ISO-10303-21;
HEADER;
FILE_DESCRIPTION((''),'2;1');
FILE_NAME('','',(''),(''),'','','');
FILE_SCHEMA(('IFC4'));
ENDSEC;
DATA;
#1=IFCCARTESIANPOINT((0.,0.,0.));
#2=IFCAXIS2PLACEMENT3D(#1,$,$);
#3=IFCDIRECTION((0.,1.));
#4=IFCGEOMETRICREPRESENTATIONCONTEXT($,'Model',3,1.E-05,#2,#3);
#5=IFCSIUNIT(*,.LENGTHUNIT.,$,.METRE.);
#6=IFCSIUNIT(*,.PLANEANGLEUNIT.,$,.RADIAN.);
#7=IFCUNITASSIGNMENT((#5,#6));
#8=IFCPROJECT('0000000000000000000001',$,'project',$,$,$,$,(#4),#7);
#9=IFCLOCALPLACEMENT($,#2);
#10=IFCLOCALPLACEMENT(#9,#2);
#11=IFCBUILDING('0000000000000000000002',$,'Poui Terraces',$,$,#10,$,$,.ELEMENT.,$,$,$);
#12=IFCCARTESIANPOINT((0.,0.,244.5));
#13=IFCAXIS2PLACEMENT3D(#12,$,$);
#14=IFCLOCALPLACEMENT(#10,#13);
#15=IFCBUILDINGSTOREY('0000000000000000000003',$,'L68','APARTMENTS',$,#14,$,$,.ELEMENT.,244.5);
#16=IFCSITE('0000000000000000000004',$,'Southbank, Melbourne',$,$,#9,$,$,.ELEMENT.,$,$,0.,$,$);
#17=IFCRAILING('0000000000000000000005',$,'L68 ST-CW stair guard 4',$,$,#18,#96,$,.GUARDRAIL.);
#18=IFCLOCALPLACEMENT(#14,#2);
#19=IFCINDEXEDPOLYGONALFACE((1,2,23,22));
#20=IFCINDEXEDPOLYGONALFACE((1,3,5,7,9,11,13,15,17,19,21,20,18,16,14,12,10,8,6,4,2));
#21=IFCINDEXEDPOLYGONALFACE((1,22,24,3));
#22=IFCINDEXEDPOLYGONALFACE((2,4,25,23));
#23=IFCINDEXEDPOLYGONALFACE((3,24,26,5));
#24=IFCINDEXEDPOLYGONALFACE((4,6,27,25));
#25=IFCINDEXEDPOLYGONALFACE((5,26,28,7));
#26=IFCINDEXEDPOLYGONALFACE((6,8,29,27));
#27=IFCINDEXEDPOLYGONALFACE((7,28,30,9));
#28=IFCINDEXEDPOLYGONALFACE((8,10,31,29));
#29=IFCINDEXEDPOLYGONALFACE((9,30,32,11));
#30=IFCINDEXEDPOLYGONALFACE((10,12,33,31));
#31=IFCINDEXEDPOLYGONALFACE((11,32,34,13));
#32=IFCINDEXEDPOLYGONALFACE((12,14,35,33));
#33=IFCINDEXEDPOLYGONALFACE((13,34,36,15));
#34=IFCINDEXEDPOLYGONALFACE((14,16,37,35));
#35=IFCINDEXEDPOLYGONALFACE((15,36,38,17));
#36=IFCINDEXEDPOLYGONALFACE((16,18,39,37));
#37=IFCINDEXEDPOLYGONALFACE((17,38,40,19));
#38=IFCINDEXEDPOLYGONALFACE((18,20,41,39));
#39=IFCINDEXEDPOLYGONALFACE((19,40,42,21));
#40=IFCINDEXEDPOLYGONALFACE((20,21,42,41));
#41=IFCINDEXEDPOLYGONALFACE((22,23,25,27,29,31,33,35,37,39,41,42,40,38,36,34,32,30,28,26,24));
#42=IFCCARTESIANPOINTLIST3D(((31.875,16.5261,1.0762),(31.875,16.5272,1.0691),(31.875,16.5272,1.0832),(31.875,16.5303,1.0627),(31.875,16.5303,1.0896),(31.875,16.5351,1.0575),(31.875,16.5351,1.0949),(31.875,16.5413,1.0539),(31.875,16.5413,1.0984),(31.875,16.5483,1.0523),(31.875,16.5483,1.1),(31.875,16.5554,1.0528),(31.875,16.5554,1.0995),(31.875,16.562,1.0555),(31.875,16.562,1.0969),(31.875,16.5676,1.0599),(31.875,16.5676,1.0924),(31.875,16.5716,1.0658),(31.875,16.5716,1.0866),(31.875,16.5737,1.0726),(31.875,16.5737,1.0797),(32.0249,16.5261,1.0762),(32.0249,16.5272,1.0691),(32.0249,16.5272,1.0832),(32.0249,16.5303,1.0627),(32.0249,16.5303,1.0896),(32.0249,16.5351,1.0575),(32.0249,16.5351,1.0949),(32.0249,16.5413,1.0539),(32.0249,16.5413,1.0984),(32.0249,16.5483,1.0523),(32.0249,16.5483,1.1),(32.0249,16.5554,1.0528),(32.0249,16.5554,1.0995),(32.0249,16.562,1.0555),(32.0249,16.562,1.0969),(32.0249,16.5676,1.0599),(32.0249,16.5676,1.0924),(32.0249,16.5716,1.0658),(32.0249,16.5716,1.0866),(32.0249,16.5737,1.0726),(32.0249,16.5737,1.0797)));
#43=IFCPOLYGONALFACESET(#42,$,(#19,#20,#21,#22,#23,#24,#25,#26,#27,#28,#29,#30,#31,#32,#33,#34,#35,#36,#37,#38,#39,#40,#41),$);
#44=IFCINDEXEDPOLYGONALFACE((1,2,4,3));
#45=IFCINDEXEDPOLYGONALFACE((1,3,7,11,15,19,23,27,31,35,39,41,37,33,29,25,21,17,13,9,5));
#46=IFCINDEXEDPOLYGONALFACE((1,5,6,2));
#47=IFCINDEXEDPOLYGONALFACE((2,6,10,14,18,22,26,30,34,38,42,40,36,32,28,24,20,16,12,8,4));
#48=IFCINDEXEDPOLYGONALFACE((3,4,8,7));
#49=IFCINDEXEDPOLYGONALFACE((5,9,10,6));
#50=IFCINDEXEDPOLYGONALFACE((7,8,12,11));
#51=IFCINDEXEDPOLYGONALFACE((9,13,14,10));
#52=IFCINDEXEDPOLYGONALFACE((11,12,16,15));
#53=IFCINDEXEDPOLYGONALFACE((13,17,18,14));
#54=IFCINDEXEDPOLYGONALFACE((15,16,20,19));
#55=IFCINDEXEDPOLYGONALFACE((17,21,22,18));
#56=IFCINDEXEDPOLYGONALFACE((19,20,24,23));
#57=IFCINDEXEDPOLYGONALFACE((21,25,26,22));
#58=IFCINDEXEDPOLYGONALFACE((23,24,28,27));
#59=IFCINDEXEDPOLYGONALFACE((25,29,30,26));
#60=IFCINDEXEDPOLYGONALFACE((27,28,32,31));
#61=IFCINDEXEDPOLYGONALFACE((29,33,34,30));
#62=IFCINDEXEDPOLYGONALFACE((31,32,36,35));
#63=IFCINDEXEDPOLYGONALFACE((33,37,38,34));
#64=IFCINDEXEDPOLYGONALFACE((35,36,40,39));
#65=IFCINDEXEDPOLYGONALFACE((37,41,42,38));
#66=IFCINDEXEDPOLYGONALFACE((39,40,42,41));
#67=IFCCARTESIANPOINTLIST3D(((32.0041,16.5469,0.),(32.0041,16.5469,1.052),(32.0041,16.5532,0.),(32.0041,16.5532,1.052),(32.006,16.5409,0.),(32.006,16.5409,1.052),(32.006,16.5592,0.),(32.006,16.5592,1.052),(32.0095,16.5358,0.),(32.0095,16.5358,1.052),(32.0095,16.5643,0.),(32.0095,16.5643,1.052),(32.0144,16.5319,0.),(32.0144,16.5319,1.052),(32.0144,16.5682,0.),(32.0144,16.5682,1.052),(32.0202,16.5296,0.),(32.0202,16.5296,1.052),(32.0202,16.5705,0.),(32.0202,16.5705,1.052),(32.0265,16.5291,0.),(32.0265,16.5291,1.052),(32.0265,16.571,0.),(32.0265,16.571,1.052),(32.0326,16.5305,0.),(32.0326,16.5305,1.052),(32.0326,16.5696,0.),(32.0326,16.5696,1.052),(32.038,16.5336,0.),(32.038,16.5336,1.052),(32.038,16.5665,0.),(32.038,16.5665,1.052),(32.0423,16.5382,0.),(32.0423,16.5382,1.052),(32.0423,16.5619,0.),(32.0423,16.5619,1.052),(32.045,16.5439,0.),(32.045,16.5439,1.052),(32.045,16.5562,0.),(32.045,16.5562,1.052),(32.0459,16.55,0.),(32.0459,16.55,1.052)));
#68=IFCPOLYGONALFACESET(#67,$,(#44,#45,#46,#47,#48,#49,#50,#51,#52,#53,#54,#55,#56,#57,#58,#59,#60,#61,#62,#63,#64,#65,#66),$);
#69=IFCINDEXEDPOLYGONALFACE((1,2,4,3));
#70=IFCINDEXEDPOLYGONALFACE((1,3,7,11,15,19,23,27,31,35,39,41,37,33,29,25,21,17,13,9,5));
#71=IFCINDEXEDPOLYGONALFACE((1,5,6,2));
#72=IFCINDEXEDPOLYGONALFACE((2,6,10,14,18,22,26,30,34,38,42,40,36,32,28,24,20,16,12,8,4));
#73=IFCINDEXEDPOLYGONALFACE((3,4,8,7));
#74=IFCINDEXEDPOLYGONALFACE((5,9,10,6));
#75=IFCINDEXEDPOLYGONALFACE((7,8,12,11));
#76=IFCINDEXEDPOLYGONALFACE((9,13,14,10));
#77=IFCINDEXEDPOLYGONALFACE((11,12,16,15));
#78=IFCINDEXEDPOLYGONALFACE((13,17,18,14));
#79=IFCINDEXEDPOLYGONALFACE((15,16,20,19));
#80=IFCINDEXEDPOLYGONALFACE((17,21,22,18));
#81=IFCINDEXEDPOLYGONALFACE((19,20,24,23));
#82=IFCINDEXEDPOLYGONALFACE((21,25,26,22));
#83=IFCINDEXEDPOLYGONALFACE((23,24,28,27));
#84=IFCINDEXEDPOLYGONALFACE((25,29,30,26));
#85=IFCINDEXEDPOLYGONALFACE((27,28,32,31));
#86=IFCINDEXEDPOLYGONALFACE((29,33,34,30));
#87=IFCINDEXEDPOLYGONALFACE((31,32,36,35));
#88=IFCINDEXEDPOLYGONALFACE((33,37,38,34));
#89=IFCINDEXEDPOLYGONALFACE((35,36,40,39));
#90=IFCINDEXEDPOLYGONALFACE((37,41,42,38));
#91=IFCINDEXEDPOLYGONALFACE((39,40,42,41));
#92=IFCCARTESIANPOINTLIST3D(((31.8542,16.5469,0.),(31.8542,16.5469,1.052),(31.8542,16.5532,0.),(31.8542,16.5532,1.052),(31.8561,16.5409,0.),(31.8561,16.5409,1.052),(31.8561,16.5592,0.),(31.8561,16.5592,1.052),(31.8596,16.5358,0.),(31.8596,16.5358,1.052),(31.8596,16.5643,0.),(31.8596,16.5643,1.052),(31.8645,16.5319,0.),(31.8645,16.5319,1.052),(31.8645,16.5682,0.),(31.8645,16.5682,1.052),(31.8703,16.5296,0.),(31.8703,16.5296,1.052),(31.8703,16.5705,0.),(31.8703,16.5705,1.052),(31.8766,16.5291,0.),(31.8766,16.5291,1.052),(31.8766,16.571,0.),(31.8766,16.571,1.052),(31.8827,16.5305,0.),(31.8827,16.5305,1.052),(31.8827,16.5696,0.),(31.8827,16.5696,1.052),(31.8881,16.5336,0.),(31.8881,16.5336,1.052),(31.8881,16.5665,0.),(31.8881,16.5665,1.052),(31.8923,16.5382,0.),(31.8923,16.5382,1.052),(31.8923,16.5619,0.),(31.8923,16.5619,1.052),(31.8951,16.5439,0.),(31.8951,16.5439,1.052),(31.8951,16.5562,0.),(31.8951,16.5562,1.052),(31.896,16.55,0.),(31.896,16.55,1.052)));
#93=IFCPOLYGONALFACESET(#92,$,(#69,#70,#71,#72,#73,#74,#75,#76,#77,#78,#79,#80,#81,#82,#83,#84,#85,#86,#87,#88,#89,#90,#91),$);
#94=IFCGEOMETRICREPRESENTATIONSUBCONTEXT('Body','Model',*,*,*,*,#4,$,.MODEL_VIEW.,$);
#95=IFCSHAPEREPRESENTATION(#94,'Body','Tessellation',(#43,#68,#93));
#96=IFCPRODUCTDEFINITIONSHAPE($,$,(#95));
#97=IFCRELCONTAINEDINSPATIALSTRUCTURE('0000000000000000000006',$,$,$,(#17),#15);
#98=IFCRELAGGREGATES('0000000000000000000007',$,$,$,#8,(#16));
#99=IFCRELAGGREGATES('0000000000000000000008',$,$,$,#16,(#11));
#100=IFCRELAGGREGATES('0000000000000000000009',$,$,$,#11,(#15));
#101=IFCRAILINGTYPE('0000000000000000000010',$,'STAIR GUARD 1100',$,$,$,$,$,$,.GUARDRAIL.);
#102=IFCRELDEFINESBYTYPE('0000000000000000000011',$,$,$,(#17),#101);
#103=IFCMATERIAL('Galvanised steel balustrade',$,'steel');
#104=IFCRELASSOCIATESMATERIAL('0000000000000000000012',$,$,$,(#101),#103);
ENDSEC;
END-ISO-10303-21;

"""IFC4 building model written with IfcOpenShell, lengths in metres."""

from ifc_helpers import new_model, si_unit, direction, frame, origin, origin_2d, place, context, subcontext, project, spatial, circle, extrude, material, type_object, element, save


model = new_model("IFC4")

# Units and contexts
model_context = context("Model", 3, precision=1e-05, world=origin(), true_north=direction((0.0, 1.0)))
body_context = subcontext(model_context, "Body", "Model", "MODEL_VIEW")
ifc_project = project(units=[si_unit("LENGTHUNIT", "METRE"), si_unit("PLANEANGLEUNIT", "RADIAN")], contexts=[model_context])

# Site, building, storey
site_placement = place(None, origin())
site = spatial("IfcSite", under=ifc_project, at=site_placement, Name="Southbank, Melbourne", CompositionType="ELEMENT", RefElevation=0.0)
building_placement = place(site_placement, origin())
building = spatial("IfcBuilding", under=site, at=building_placement, Name="Poui Terraces", CompositionType="ELEMENT")
storey_placement = place(building_placement, frame((0.0, 0.0, 244.5)))
storey = spatial("IfcBuildingStorey", under=building, at=storey_placement, Name="L68", Description="APARTMENTS", CompositionType="ELEMENT", Elevation=244.5)

# Railing
ifc_material_1 = material(Name="Galvanised steel balustrade", Category="steel")
railing_type_1 = type_object("IfcRailingType", Name="STAIR GUARD 1100", PredefinedType="GUARDRAIL", material=ifc_material_1)
railing_1_placement = place(storey_placement, frame((32.0249, 16.55, 0.0)))
element("IfcRailing", 1, at=railing_1_placement, inside=storey, type_object=railing_type_1, Name="L68 ST-CW stair guard 4", PredefinedType="GUARDRAIL", context=body_context, shape_type="SweptSolid", body=[
    extrude(circle(Radius=0.0239, at=origin_2d()), frame((0.0, 0.0, 1.0762), z_axis=(-1.0, 0.0, 0.0), x_axis=(0.0, -1.0, 0.0)), (0.0, 0.0, 1.0), 0.1499),
    extrude(circle(Radius=0.021, at=origin_2d()), origin(), (0.0, 0.0, 1.0), 1.052),
    extrude(circle(Radius=0.021, at=origin_2d()), frame((-0.1499, 0.0, 0.0)), (0.0, 0.0, 1.0), 1.052),
])

save(model, "model.ifc")
